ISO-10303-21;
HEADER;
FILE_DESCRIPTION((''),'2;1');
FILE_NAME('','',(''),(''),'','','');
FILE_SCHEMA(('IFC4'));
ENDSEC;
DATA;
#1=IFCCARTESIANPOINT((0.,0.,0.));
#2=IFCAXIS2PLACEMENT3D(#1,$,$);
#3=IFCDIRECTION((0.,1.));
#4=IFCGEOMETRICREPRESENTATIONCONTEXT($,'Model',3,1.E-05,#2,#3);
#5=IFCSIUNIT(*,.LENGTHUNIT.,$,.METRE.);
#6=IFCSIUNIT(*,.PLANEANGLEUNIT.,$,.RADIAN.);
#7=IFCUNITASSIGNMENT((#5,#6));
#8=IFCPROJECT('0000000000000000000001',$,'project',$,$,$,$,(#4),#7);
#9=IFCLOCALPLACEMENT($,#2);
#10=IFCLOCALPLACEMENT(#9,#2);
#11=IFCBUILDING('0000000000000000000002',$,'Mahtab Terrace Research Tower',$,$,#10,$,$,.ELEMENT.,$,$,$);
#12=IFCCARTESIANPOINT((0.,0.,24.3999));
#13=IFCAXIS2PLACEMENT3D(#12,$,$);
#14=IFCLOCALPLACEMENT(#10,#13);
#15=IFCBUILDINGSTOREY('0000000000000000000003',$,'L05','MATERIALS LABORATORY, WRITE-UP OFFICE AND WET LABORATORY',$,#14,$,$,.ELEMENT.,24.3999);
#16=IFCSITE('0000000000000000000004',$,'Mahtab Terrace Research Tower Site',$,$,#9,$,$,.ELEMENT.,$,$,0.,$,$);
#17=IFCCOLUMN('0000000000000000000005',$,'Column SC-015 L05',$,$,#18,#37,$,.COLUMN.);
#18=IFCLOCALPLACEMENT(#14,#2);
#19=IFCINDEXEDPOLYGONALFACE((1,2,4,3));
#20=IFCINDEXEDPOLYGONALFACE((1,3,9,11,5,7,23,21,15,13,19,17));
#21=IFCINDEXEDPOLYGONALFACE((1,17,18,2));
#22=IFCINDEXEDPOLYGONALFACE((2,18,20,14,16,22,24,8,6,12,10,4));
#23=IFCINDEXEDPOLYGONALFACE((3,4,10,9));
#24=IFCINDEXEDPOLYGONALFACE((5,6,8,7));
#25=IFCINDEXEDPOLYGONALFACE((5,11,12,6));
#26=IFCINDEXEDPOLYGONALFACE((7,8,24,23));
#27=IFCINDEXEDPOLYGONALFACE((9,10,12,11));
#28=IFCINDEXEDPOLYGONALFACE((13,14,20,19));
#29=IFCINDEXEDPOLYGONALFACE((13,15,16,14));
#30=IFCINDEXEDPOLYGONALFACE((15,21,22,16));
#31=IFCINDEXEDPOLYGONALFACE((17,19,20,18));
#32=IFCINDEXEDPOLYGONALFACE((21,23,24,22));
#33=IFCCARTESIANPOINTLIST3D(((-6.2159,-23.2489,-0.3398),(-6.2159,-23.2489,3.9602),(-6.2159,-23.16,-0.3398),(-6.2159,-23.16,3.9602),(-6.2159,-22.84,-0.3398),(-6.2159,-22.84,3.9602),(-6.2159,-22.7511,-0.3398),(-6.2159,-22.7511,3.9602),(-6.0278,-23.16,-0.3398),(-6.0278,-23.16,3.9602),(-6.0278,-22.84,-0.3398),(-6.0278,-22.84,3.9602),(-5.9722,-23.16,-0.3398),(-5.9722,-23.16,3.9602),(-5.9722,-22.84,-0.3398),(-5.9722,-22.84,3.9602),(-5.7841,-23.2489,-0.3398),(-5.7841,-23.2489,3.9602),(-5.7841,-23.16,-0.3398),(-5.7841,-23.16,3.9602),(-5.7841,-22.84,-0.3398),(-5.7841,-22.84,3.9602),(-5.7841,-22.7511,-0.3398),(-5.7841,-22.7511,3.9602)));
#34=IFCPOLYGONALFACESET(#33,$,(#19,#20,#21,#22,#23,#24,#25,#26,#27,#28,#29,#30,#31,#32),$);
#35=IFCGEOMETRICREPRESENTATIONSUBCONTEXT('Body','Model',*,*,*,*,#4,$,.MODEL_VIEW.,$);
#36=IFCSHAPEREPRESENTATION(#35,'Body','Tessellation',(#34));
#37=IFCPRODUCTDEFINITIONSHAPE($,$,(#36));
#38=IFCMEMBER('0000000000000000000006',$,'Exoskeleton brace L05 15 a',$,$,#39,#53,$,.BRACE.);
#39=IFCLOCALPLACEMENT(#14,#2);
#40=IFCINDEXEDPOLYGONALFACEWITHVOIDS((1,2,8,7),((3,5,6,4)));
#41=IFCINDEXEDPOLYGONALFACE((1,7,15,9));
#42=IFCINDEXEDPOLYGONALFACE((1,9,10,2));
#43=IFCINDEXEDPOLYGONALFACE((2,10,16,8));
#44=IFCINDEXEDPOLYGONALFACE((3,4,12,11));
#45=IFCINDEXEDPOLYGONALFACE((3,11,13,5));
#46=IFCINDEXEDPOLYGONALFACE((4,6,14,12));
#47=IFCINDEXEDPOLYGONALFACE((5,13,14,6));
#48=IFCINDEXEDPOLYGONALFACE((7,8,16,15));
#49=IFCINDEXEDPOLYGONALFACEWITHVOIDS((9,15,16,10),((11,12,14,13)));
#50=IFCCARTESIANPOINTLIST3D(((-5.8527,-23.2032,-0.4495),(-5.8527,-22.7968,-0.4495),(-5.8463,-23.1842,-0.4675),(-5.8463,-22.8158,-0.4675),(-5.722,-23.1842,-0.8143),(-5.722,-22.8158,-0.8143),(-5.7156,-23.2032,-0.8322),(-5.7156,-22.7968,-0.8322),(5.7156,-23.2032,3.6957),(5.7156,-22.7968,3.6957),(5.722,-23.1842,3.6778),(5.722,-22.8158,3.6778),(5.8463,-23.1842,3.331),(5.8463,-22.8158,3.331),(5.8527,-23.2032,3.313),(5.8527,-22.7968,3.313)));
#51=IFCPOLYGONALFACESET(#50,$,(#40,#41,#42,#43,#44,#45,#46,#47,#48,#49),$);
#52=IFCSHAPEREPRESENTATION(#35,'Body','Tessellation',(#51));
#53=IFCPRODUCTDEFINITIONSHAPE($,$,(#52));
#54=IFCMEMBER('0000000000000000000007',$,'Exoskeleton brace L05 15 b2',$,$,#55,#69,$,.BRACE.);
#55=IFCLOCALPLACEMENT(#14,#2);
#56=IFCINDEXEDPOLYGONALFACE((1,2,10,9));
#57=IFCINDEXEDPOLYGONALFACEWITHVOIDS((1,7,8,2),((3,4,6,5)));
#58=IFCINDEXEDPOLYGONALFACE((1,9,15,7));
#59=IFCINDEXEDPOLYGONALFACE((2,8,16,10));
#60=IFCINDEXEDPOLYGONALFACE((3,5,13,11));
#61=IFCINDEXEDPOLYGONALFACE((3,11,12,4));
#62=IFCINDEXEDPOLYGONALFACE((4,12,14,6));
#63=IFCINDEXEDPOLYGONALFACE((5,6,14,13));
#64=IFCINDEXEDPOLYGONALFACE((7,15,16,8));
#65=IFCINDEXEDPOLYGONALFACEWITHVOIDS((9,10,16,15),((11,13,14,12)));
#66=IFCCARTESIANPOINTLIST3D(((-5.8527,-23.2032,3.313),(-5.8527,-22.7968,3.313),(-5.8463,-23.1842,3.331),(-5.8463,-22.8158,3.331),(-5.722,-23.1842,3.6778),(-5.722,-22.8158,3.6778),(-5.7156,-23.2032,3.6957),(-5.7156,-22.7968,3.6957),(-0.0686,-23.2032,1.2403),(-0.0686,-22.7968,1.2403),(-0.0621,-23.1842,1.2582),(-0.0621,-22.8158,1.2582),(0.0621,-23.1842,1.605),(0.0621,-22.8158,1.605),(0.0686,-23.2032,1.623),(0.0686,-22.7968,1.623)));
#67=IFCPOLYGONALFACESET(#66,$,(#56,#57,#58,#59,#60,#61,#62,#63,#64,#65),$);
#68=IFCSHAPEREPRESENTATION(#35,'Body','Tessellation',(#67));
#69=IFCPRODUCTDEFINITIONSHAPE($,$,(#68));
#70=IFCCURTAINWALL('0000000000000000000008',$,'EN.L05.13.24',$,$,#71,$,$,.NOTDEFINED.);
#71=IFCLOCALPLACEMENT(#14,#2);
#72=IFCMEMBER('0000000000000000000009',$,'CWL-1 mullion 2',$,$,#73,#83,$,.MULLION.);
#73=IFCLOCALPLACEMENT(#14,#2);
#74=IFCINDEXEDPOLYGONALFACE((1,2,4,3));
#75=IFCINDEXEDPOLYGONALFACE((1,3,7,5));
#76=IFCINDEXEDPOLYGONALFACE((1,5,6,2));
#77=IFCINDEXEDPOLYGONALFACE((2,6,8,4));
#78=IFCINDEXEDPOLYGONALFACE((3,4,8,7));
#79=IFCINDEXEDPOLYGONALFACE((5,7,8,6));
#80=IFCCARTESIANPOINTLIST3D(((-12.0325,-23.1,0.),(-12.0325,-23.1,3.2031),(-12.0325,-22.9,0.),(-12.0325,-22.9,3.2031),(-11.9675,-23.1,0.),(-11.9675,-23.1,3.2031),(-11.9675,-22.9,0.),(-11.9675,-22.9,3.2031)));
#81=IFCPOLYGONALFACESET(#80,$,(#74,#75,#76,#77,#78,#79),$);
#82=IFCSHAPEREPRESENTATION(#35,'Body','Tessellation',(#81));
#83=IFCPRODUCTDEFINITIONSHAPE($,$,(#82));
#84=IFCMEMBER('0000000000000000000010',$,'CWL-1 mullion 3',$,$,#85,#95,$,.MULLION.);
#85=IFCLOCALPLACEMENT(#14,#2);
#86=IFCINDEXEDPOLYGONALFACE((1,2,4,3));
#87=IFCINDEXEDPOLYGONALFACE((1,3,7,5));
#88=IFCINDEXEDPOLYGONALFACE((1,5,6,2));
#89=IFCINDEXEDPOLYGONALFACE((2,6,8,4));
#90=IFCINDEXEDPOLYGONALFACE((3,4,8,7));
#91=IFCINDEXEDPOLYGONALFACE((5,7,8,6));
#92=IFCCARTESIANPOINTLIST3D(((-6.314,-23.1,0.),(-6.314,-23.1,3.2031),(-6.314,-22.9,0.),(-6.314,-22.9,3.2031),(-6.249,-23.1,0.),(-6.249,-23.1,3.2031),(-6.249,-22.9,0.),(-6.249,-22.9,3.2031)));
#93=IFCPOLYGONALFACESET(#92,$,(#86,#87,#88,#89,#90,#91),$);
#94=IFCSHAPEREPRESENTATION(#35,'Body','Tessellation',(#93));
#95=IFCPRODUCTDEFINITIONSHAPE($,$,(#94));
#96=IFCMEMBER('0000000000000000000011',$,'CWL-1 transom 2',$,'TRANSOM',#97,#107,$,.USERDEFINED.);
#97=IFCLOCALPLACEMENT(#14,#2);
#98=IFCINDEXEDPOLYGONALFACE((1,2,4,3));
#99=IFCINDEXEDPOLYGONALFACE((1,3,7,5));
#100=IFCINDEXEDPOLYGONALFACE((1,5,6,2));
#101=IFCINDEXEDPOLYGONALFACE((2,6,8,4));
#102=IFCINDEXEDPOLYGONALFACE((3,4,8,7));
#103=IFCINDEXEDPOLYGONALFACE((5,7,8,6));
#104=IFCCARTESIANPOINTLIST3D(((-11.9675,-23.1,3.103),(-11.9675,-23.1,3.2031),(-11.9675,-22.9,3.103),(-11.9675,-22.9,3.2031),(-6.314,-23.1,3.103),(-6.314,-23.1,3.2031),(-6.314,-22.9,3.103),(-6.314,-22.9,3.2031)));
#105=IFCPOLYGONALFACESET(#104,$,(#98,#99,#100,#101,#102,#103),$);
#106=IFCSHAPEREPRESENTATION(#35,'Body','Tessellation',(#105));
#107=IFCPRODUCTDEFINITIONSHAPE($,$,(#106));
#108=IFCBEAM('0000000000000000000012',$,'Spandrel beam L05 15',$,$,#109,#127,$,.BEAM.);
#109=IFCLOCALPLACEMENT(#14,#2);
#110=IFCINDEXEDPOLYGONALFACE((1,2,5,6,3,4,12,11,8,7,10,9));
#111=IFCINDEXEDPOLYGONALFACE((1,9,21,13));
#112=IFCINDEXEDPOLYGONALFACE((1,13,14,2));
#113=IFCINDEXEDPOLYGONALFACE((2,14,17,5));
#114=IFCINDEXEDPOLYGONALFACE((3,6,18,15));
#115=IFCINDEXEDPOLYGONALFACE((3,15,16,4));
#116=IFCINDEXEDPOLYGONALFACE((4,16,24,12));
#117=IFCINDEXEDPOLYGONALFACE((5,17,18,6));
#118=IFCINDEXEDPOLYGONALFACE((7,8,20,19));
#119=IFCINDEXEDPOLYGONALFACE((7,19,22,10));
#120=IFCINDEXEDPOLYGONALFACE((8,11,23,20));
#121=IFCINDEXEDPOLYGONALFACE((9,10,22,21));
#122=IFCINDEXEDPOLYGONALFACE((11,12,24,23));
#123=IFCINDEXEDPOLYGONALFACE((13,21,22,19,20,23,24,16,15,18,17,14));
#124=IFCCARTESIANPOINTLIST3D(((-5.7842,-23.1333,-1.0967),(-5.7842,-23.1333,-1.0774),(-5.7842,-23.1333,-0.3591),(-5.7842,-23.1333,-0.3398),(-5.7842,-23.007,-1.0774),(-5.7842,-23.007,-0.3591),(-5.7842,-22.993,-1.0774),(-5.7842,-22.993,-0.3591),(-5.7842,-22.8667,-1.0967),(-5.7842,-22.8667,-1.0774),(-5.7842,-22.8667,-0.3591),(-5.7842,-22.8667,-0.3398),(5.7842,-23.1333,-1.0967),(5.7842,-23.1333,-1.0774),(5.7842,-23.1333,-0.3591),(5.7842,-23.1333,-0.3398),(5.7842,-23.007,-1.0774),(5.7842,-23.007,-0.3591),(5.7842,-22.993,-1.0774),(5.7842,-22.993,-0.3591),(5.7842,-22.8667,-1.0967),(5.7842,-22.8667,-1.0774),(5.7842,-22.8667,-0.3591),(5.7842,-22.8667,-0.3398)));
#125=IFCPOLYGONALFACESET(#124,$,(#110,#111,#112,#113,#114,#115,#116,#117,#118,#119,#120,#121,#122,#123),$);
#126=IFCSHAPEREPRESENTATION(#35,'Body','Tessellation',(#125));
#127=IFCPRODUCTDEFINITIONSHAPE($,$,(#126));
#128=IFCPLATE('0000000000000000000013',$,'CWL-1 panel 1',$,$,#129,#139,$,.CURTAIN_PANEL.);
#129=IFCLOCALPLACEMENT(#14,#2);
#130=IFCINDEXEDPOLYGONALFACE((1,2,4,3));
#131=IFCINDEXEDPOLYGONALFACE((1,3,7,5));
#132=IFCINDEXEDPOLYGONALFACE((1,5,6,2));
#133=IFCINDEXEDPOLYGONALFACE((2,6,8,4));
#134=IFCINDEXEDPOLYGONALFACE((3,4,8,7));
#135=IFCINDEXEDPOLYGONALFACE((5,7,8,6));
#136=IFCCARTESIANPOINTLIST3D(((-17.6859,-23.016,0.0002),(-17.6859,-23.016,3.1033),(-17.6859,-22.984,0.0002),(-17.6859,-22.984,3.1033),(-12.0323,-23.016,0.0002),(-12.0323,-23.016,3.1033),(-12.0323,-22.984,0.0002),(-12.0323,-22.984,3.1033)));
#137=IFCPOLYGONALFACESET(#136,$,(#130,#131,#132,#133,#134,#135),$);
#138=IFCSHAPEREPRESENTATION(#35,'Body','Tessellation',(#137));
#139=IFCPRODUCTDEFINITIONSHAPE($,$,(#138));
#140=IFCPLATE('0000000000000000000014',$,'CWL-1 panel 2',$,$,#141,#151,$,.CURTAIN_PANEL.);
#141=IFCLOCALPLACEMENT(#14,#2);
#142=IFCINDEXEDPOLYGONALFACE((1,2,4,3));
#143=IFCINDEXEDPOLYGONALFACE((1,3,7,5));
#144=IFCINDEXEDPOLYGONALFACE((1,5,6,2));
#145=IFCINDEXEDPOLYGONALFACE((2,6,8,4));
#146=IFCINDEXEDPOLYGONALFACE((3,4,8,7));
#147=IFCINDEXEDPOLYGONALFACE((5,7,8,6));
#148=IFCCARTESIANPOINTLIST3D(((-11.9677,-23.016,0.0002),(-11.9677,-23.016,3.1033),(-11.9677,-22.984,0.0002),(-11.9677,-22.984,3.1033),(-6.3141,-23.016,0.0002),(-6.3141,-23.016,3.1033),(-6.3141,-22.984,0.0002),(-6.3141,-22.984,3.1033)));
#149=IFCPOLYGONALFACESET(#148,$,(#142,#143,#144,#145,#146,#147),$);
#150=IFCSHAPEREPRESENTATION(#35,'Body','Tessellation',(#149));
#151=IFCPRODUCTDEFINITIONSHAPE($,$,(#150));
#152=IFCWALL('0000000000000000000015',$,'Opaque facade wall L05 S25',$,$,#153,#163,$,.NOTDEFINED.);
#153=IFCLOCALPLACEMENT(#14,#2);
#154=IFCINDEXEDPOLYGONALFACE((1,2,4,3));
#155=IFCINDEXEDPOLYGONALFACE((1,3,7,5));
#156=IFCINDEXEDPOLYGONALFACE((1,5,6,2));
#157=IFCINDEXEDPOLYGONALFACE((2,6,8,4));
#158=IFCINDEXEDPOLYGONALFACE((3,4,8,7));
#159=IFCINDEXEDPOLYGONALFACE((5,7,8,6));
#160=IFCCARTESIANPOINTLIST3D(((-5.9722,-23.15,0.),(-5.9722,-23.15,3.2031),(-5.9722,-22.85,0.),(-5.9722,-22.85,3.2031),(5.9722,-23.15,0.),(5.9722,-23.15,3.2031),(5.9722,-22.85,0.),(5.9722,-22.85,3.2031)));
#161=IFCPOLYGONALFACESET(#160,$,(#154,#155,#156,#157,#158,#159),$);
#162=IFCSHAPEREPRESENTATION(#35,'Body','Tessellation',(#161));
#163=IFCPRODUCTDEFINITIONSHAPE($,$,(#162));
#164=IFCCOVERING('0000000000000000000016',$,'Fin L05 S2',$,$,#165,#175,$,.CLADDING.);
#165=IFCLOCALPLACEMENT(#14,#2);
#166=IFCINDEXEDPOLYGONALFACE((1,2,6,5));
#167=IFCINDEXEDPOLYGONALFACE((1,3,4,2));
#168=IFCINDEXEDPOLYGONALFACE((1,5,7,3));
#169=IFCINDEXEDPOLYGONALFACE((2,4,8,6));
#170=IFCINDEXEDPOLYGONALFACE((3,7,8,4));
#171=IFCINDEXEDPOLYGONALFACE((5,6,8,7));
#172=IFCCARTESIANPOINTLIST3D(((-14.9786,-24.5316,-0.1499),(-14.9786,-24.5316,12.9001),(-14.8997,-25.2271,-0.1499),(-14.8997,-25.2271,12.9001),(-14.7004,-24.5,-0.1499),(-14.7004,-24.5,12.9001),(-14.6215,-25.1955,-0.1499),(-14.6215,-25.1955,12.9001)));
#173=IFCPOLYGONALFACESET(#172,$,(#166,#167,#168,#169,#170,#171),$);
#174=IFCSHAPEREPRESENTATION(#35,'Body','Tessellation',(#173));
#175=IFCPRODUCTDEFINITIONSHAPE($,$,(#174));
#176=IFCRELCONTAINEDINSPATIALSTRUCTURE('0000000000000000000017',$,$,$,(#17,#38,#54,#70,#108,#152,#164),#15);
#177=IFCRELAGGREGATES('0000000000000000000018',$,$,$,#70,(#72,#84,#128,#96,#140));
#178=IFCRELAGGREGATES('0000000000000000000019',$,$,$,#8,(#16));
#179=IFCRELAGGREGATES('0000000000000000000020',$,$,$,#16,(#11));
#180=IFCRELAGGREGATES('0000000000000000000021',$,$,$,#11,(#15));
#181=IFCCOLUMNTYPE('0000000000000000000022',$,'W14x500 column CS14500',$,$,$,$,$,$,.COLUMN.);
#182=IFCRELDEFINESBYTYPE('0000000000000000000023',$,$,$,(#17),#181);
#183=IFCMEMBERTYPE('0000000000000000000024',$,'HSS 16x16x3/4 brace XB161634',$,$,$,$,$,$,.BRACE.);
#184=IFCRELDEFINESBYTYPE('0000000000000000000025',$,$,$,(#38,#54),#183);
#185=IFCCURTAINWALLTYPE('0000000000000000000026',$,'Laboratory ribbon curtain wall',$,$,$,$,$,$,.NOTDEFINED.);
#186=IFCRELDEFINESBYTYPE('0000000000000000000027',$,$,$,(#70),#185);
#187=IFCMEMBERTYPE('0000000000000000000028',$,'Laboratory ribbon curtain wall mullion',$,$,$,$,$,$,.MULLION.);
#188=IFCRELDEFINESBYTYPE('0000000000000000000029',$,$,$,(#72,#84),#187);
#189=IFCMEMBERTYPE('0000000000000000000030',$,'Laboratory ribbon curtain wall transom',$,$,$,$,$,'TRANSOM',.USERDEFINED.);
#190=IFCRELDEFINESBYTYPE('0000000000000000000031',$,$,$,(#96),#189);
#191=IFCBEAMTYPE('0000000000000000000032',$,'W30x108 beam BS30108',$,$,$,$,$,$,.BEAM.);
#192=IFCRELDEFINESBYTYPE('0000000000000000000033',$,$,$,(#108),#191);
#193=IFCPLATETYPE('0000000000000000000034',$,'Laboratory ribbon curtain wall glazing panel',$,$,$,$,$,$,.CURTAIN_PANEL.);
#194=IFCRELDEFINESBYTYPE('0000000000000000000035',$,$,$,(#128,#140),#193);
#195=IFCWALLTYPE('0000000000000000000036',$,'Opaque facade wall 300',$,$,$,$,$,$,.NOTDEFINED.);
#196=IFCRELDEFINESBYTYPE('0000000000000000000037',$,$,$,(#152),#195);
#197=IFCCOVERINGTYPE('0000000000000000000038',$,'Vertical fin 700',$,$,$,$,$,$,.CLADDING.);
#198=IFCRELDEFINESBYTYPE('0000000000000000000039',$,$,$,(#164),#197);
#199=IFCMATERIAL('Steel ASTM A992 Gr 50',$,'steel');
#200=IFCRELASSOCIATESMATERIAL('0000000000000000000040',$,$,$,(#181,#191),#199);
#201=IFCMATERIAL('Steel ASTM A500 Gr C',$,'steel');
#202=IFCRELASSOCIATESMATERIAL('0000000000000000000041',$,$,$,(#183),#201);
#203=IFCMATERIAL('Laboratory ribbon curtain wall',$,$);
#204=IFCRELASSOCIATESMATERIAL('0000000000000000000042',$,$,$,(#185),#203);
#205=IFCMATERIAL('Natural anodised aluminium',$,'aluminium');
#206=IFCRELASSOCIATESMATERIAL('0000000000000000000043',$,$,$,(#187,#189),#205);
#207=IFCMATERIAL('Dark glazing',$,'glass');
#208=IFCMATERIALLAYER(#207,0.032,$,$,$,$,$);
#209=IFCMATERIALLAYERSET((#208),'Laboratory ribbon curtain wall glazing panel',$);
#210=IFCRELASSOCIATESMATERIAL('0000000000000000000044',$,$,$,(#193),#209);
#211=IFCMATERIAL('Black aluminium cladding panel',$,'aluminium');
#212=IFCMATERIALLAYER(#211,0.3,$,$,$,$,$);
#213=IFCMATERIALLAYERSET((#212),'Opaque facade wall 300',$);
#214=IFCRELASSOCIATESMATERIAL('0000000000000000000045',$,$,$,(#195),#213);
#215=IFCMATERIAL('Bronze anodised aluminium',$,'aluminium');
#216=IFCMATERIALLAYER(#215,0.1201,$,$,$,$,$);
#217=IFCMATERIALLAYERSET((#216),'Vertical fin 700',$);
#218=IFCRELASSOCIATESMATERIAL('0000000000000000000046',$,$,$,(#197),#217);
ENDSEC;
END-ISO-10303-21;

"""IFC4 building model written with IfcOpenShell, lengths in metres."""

from ifc_helpers import new_model, si_unit, direction, frame, frame_2d, origin, origin_2d, place, context, subcontext, project, spatial, rectangle, hollow_rectangle, i_section, extrude, material, layer, layer_set, material_profile, profile_set, type_object, element, aggregate, save


model = new_model("IFC4")

# Units and contexts
model_context = context("Model", 3, precision=1e-05, world=origin(), true_north=direction((0.0, 1.0)))
body_context = subcontext(model_context, "Body", "Model", "MODEL_VIEW")
ifc_project = project(units=[si_unit("LENGTHUNIT", "METRE"), si_unit("PLANEANGLEUNIT", "RADIAN")], contexts=[model_context])

# Site, building, storey
site_placement = place(None, origin())
site = spatial("IfcSite", under=ifc_project, at=site_placement, Name="Mahtab Terrace Research Tower Site", CompositionType="ELEMENT", RefElevation=0.0)
building_placement = place(site_placement, origin())
building = spatial("IfcBuilding", under=site, at=building_placement, Name="Mahtab Terrace Research Tower", CompositionType="ELEMENT")
storey_placement = place(building_placement, frame((0.0, 0.0, 24.3999)))
storey = spatial("IfcBuildingStorey", under=building, at=storey_placement, Name="L05", Description="MATERIALS LABORATORY, WRITE-UP OFFICE AND WET LABORATORY", CompositionType="ELEMENT", Elevation=24.3999)

# Column
ifc_material_1 = material(Name="Steel ASTM A992 Gr 50", Category="steel")
ifc_material_profile_1 = material_profile(ifc_material_1, i_section(OverallWidth=0.4319, OverallDepth=0.4978, WebThickness=0.0557, FlangeThickness=0.0889, at=origin_2d()), Name="W14X500")
ifc_profile_set_1 = profile_set([ifc_material_profile_1], Name="Steel ASTM A992 Gr 50")
column_type = type_object("IfcColumnType", Name="W14x500 column CS14500", PredefinedType="COLUMN", material=ifc_profile_set_1)
column_placement = place(storey_placement, frame((-6.0, -23.0, -0.3398), z_axis=(0.0, 0.0, 1.0), x_axis=(1.0, 0.0, 0.0)))
element("IfcColumn", 1, at=column_placement, inside=storey, type_object=column_type, Name="Column SC-015 L05", PredefinedType="COLUMN", context=body_context, shape_type="SweptSolid", body=[
    extrude(i_section(OverallWidth=0.4319, OverallDepth=0.4978, WebThickness=0.0557, FlangeThickness=0.0889, at=origin_2d()), origin(), (0.0, 0.0, 1.0), 4.3),
])

# Members
ifc_material_2 = material(Name="Steel ASTM A500 Gr C", Category="steel")
ifc_material_profile_2 = material_profile(ifc_material_2, hollow_rectangle(XDim=0.4065, YDim=0.4065, WallThickness=0.019, at=origin_2d()), Name="HSS16X16X3/4")
ifc_profile_set_2 = profile_set([ifc_material_profile_2], Name="Steel ASTM A500 Gr C")
member_type_1 = type_object("IfcMemberType", Name="HSS 16x16x3/4 brace XB161634", PredefinedType="BRACE", material=ifc_profile_set_2)
member_1_placement = place(storey_placement, frame((-5.7842, -23.0, -0.6409), z_axis=(0.941388, 0.0, 0.337325), x_axis=(0.0, 1.0, 0.0)))
element("IfcMember", 2, at=member_1_placement, inside=storey, type_object=member_type_1, Name="Exoskeleton brace L05 15 a", PredefinedType="BRACE", context=body_context, shape_type="SweptSolid", body=[
    extrude(hollow_rectangle(XDim=0.4065, YDim=0.4065, WallThickness=0.019, at=origin_2d()), origin(), (0.0, 0.0, 1.0), 12.2886),
])
member_2_placement = place(storey_placement, frame((0.0, -23.0, 1.4316), z_axis=(-0.941382, 0.0, 0.337343), x_axis=(0.0, -1.0, 0.0)))
element("IfcMember", 3, at=member_2_placement, inside=storey, type_object=member_type_1, Name="Exoskeleton brace L05 15 b2", PredefinedType="BRACE", context=body_context, shape_type="SweptSolid", body=[
    extrude(hollow_rectangle(XDim=0.4065, YDim=0.4065, WallThickness=0.019, at=origin_2d()), origin(), (0.0, 0.0, 1.0), 6.1443),
])

# Curtain wall, members
ifc_material_3 = material(Name="Laboratory ribbon curtain wall")
curtain_wall_type = type_object("IfcCurtainWallType", Name="Laboratory ribbon curtain wall", PredefinedType="NOTDEFINED", material=ifc_material_3)
curtain_wall_placement = place(storey_placement, origin())
curtain_wall = element("IfcCurtainWall", 4, at=curtain_wall_placement, inside=storey, type_object=curtain_wall_type, Name="EN.L05.13.24", PredefinedType="NOTDEFINED")
ifc_material_4 = material(Name="Natural anodised aluminium", Category="aluminium")
ifc_material_profile_3 = material_profile(ifc_material_4, rectangle(XDim=0.2, YDim=0.0649, at=origin_2d()), Name="MULLION 65x200")
ifc_profile_set_3 = profile_set([ifc_material_profile_3], Name="Natural anodised aluminium")
member_type_2 = type_object("IfcMemberType", Name="Laboratory ribbon curtain wall mullion", PredefinedType="MULLION", material=ifc_profile_set_3)
member_3_placement = place(storey_placement, frame((-12.0, -23.0, 0.0), z_axis=(0.0, 0.0, 1.0), x_axis=(0.0, 1.0, 0.0)))
member_3 = element("IfcMember", 5, at=member_3_placement, type_object=member_type_2, Name="CWL-1 mullion 2", PredefinedType="MULLION", context=body_context, shape_type="SweptSolid", body=[
    extrude(rectangle(XDim=0.2, YDim=0.0649, at=origin_2d()), origin(), (0.0, 0.0, 1.0), 3.2031),
])
member_4_placement = place(storey_placement, frame((-6.2815, -23.0, 0.0), z_axis=(0.0, 0.0, 1.0), x_axis=(0.0, 1.0, 0.0)))
member_4 = element("IfcMember", 6, at=member_4_placement, type_object=member_type_2, Name="CWL-1 mullion 3", PredefinedType="MULLION", context=body_context, shape_type="SweptSolid", body=[
    extrude(rectangle(XDim=0.2, YDim=0.0649, at=origin_2d()), origin(), (0.0, 0.0, 1.0), 3.2031),
])
ifc_material_profile_4 = material_profile(ifc_material_4, rectangle(XDim=0.2, YDim=0.1001, at=origin_2d()), Name="TRANSOM 100x200")
ifc_profile_set_4 = profile_set([ifc_material_profile_4], Name="Natural anodised aluminium")
member_type_3 = type_object("IfcMemberType", Name="Laboratory ribbon curtain wall transom", ElementType="TRANSOM", PredefinedType="USERDEFINED", material=ifc_profile_set_4)
member_5_placement = place(storey_placement, frame((-11.9675, -23.0, 3.1531), z_axis=(1.0, 0.0, 0.0), x_axis=(0.0, 1.0, 0.0)))
member_5 = element("IfcMember", 7, at=member_5_placement, type_object=member_type_3, Name="CWL-1 transom 2", ObjectType="TRANSOM", PredefinedType="USERDEFINED", context=body_context, shape_type="SweptSolid", body=[
    extrude(rectangle(XDim=0.2, YDim=0.1001, at=origin_2d()), origin(), (0.0, 0.0, 1.0), 5.6536),
])

# Beam
ifc_material_profile_5 = material_profile(ifc_material_1, i_section(OverallWidth=0.2666, OverallDepth=0.7568, WebThickness=0.0139, FlangeThickness=0.0193, at=origin_2d()), Name="W30X108")
ifc_profile_set_5 = profile_set([ifc_material_profile_5], Name="Steel ASTM A992 Gr 50")
beam_type = type_object("IfcBeamType", Name="W30x108 beam BS30108", PredefinedType="BEAM", material=ifc_profile_set_5)
beam_placement = place(storey_placement, frame((-5.7842, -23.0, -0.7183), z_axis=(1.0, 0.0, 0.0), x_axis=(0.0, 1.0, 0.0)))
element("IfcBeam", 8, at=beam_placement, inside=storey, type_object=beam_type, Name="Spandrel beam L05 15", PredefinedType="BEAM", context=body_context, shape_type="SweptSolid", body=[
    extrude(i_section(OverallWidth=0.2666, OverallDepth=0.7568, WebThickness=0.0139, FlangeThickness=0.0193, at=origin_2d()), origin(), (0.0, 0.0, 1.0), 11.5684),
])

# Plates
ifc_material_5 = material(Name="Dark glazing", Category="glass")
ifc_layer_1 = layer(ifc_material_5, 0.032)
ifc_layer_set_1 = layer_set([ifc_layer_1], Name="Laboratory ribbon curtain wall glazing panel")
plate_type = type_object("IfcPlateType", Name="Laboratory ribbon curtain wall glazing panel", PredefinedType="CURTAIN_PANEL", material=ifc_layer_set_1)
plate_1_placement = place(storey_placement, frame((-14.8591, -23.0, 0.0002), z_axis=(0.0, 0.0, 1.0), x_axis=(1.0, 0.0, 0.0)))
plate_1 = element("IfcPlate", 9, at=plate_1_placement, type_object=plate_type, Name="CWL-1 panel 1", PredefinedType="CURTAIN_PANEL", context=body_context, shape_type="SweptSolid", body=[
    extrude(rectangle(XDim=5.6536, YDim=0.032, at=origin_2d()), origin(), (0.0, 0.0, 1.0), 3.103),
])
plate_2_placement = place(storey_placement, frame((-9.1409, -23.0, 0.0002), z_axis=(0.0, 0.0, 1.0), x_axis=(1.0, 0.0, 0.0)))
plate_2 = element("IfcPlate", 10, at=plate_2_placement, type_object=plate_type, Name="CWL-1 panel 2", PredefinedType="CURTAIN_PANEL", context=body_context, shape_type="SweptSolid", body=[
    extrude(rectangle(XDim=5.6536, YDim=0.032, at=origin_2d()), origin(), (0.0, 0.0, 1.0), 3.103),
])
aggregate(curtain_wall, [member_3, member_4, plate_1, member_5, plate_2])

# Wall
ifc_material_6 = material(Name="Black aluminium cladding panel", Category="aluminium")
ifc_layer_2 = layer(ifc_material_6, 0.3)
ifc_layer_set_2 = layer_set([ifc_layer_2], Name="Opaque facade wall 300")
wall_type = type_object("IfcWallType", Name="Opaque facade wall 300", PredefinedType="NOTDEFINED", material=ifc_layer_set_2)
wall_placement = place(storey_placement, frame((-5.9722, -23.0, 0.0), z_axis=(0.0, 0.0, 1.0), x_axis=(1.0, 0.0, 0.0)))
element("IfcWall", 11, at=wall_placement, inside=storey, type_object=wall_type, Name="Opaque facade wall L05 S25", PredefinedType="NOTDEFINED", context=body_context, shape_type="SweptSolid", body=[
    extrude(rectangle(XDim=11.9443, YDim=0.3, at=frame_2d((5.9722, 0.0))), origin(), (0.0, 0.0, 1.0), 3.2031),
])

# Covering
ifc_material_7 = material(Name="Bronze anodised aluminium", Category="aluminium")
ifc_layer_3 = layer(ifc_material_7, 0.1201)
ifc_layer_set_3 = layer_set([ifc_layer_3], Name="Vertical fin 700")
covering_type = type_object("IfcCoveringType", Name="Vertical fin 700", PredefinedType="CLADDING", material=ifc_layer_set_3)
for number, where, z_axis, x_axis, name in (
    (12, (-14.8, -24.8635, -0.1499), (0.0, 0.0, 1.0), (0.993619, 0.11279, 0.0), "Fin L05 S2"),
):
    element("IfcCovering", number, at=place(storey_placement, frame(where, z_axis=z_axis, x_axis=x_axis)), inside=storey, type_object=covering_type, Name=name, PredefinedType="CLADDING", context=body_context, shape_type="SweptSolid", body=[
        extrude(rectangle(XDim=0.28, YDim=0.7, at=origin_2d()), origin(), (0.0, 0.0, 1.0), 13.05),
    ])

save(model, "model.ifc")
